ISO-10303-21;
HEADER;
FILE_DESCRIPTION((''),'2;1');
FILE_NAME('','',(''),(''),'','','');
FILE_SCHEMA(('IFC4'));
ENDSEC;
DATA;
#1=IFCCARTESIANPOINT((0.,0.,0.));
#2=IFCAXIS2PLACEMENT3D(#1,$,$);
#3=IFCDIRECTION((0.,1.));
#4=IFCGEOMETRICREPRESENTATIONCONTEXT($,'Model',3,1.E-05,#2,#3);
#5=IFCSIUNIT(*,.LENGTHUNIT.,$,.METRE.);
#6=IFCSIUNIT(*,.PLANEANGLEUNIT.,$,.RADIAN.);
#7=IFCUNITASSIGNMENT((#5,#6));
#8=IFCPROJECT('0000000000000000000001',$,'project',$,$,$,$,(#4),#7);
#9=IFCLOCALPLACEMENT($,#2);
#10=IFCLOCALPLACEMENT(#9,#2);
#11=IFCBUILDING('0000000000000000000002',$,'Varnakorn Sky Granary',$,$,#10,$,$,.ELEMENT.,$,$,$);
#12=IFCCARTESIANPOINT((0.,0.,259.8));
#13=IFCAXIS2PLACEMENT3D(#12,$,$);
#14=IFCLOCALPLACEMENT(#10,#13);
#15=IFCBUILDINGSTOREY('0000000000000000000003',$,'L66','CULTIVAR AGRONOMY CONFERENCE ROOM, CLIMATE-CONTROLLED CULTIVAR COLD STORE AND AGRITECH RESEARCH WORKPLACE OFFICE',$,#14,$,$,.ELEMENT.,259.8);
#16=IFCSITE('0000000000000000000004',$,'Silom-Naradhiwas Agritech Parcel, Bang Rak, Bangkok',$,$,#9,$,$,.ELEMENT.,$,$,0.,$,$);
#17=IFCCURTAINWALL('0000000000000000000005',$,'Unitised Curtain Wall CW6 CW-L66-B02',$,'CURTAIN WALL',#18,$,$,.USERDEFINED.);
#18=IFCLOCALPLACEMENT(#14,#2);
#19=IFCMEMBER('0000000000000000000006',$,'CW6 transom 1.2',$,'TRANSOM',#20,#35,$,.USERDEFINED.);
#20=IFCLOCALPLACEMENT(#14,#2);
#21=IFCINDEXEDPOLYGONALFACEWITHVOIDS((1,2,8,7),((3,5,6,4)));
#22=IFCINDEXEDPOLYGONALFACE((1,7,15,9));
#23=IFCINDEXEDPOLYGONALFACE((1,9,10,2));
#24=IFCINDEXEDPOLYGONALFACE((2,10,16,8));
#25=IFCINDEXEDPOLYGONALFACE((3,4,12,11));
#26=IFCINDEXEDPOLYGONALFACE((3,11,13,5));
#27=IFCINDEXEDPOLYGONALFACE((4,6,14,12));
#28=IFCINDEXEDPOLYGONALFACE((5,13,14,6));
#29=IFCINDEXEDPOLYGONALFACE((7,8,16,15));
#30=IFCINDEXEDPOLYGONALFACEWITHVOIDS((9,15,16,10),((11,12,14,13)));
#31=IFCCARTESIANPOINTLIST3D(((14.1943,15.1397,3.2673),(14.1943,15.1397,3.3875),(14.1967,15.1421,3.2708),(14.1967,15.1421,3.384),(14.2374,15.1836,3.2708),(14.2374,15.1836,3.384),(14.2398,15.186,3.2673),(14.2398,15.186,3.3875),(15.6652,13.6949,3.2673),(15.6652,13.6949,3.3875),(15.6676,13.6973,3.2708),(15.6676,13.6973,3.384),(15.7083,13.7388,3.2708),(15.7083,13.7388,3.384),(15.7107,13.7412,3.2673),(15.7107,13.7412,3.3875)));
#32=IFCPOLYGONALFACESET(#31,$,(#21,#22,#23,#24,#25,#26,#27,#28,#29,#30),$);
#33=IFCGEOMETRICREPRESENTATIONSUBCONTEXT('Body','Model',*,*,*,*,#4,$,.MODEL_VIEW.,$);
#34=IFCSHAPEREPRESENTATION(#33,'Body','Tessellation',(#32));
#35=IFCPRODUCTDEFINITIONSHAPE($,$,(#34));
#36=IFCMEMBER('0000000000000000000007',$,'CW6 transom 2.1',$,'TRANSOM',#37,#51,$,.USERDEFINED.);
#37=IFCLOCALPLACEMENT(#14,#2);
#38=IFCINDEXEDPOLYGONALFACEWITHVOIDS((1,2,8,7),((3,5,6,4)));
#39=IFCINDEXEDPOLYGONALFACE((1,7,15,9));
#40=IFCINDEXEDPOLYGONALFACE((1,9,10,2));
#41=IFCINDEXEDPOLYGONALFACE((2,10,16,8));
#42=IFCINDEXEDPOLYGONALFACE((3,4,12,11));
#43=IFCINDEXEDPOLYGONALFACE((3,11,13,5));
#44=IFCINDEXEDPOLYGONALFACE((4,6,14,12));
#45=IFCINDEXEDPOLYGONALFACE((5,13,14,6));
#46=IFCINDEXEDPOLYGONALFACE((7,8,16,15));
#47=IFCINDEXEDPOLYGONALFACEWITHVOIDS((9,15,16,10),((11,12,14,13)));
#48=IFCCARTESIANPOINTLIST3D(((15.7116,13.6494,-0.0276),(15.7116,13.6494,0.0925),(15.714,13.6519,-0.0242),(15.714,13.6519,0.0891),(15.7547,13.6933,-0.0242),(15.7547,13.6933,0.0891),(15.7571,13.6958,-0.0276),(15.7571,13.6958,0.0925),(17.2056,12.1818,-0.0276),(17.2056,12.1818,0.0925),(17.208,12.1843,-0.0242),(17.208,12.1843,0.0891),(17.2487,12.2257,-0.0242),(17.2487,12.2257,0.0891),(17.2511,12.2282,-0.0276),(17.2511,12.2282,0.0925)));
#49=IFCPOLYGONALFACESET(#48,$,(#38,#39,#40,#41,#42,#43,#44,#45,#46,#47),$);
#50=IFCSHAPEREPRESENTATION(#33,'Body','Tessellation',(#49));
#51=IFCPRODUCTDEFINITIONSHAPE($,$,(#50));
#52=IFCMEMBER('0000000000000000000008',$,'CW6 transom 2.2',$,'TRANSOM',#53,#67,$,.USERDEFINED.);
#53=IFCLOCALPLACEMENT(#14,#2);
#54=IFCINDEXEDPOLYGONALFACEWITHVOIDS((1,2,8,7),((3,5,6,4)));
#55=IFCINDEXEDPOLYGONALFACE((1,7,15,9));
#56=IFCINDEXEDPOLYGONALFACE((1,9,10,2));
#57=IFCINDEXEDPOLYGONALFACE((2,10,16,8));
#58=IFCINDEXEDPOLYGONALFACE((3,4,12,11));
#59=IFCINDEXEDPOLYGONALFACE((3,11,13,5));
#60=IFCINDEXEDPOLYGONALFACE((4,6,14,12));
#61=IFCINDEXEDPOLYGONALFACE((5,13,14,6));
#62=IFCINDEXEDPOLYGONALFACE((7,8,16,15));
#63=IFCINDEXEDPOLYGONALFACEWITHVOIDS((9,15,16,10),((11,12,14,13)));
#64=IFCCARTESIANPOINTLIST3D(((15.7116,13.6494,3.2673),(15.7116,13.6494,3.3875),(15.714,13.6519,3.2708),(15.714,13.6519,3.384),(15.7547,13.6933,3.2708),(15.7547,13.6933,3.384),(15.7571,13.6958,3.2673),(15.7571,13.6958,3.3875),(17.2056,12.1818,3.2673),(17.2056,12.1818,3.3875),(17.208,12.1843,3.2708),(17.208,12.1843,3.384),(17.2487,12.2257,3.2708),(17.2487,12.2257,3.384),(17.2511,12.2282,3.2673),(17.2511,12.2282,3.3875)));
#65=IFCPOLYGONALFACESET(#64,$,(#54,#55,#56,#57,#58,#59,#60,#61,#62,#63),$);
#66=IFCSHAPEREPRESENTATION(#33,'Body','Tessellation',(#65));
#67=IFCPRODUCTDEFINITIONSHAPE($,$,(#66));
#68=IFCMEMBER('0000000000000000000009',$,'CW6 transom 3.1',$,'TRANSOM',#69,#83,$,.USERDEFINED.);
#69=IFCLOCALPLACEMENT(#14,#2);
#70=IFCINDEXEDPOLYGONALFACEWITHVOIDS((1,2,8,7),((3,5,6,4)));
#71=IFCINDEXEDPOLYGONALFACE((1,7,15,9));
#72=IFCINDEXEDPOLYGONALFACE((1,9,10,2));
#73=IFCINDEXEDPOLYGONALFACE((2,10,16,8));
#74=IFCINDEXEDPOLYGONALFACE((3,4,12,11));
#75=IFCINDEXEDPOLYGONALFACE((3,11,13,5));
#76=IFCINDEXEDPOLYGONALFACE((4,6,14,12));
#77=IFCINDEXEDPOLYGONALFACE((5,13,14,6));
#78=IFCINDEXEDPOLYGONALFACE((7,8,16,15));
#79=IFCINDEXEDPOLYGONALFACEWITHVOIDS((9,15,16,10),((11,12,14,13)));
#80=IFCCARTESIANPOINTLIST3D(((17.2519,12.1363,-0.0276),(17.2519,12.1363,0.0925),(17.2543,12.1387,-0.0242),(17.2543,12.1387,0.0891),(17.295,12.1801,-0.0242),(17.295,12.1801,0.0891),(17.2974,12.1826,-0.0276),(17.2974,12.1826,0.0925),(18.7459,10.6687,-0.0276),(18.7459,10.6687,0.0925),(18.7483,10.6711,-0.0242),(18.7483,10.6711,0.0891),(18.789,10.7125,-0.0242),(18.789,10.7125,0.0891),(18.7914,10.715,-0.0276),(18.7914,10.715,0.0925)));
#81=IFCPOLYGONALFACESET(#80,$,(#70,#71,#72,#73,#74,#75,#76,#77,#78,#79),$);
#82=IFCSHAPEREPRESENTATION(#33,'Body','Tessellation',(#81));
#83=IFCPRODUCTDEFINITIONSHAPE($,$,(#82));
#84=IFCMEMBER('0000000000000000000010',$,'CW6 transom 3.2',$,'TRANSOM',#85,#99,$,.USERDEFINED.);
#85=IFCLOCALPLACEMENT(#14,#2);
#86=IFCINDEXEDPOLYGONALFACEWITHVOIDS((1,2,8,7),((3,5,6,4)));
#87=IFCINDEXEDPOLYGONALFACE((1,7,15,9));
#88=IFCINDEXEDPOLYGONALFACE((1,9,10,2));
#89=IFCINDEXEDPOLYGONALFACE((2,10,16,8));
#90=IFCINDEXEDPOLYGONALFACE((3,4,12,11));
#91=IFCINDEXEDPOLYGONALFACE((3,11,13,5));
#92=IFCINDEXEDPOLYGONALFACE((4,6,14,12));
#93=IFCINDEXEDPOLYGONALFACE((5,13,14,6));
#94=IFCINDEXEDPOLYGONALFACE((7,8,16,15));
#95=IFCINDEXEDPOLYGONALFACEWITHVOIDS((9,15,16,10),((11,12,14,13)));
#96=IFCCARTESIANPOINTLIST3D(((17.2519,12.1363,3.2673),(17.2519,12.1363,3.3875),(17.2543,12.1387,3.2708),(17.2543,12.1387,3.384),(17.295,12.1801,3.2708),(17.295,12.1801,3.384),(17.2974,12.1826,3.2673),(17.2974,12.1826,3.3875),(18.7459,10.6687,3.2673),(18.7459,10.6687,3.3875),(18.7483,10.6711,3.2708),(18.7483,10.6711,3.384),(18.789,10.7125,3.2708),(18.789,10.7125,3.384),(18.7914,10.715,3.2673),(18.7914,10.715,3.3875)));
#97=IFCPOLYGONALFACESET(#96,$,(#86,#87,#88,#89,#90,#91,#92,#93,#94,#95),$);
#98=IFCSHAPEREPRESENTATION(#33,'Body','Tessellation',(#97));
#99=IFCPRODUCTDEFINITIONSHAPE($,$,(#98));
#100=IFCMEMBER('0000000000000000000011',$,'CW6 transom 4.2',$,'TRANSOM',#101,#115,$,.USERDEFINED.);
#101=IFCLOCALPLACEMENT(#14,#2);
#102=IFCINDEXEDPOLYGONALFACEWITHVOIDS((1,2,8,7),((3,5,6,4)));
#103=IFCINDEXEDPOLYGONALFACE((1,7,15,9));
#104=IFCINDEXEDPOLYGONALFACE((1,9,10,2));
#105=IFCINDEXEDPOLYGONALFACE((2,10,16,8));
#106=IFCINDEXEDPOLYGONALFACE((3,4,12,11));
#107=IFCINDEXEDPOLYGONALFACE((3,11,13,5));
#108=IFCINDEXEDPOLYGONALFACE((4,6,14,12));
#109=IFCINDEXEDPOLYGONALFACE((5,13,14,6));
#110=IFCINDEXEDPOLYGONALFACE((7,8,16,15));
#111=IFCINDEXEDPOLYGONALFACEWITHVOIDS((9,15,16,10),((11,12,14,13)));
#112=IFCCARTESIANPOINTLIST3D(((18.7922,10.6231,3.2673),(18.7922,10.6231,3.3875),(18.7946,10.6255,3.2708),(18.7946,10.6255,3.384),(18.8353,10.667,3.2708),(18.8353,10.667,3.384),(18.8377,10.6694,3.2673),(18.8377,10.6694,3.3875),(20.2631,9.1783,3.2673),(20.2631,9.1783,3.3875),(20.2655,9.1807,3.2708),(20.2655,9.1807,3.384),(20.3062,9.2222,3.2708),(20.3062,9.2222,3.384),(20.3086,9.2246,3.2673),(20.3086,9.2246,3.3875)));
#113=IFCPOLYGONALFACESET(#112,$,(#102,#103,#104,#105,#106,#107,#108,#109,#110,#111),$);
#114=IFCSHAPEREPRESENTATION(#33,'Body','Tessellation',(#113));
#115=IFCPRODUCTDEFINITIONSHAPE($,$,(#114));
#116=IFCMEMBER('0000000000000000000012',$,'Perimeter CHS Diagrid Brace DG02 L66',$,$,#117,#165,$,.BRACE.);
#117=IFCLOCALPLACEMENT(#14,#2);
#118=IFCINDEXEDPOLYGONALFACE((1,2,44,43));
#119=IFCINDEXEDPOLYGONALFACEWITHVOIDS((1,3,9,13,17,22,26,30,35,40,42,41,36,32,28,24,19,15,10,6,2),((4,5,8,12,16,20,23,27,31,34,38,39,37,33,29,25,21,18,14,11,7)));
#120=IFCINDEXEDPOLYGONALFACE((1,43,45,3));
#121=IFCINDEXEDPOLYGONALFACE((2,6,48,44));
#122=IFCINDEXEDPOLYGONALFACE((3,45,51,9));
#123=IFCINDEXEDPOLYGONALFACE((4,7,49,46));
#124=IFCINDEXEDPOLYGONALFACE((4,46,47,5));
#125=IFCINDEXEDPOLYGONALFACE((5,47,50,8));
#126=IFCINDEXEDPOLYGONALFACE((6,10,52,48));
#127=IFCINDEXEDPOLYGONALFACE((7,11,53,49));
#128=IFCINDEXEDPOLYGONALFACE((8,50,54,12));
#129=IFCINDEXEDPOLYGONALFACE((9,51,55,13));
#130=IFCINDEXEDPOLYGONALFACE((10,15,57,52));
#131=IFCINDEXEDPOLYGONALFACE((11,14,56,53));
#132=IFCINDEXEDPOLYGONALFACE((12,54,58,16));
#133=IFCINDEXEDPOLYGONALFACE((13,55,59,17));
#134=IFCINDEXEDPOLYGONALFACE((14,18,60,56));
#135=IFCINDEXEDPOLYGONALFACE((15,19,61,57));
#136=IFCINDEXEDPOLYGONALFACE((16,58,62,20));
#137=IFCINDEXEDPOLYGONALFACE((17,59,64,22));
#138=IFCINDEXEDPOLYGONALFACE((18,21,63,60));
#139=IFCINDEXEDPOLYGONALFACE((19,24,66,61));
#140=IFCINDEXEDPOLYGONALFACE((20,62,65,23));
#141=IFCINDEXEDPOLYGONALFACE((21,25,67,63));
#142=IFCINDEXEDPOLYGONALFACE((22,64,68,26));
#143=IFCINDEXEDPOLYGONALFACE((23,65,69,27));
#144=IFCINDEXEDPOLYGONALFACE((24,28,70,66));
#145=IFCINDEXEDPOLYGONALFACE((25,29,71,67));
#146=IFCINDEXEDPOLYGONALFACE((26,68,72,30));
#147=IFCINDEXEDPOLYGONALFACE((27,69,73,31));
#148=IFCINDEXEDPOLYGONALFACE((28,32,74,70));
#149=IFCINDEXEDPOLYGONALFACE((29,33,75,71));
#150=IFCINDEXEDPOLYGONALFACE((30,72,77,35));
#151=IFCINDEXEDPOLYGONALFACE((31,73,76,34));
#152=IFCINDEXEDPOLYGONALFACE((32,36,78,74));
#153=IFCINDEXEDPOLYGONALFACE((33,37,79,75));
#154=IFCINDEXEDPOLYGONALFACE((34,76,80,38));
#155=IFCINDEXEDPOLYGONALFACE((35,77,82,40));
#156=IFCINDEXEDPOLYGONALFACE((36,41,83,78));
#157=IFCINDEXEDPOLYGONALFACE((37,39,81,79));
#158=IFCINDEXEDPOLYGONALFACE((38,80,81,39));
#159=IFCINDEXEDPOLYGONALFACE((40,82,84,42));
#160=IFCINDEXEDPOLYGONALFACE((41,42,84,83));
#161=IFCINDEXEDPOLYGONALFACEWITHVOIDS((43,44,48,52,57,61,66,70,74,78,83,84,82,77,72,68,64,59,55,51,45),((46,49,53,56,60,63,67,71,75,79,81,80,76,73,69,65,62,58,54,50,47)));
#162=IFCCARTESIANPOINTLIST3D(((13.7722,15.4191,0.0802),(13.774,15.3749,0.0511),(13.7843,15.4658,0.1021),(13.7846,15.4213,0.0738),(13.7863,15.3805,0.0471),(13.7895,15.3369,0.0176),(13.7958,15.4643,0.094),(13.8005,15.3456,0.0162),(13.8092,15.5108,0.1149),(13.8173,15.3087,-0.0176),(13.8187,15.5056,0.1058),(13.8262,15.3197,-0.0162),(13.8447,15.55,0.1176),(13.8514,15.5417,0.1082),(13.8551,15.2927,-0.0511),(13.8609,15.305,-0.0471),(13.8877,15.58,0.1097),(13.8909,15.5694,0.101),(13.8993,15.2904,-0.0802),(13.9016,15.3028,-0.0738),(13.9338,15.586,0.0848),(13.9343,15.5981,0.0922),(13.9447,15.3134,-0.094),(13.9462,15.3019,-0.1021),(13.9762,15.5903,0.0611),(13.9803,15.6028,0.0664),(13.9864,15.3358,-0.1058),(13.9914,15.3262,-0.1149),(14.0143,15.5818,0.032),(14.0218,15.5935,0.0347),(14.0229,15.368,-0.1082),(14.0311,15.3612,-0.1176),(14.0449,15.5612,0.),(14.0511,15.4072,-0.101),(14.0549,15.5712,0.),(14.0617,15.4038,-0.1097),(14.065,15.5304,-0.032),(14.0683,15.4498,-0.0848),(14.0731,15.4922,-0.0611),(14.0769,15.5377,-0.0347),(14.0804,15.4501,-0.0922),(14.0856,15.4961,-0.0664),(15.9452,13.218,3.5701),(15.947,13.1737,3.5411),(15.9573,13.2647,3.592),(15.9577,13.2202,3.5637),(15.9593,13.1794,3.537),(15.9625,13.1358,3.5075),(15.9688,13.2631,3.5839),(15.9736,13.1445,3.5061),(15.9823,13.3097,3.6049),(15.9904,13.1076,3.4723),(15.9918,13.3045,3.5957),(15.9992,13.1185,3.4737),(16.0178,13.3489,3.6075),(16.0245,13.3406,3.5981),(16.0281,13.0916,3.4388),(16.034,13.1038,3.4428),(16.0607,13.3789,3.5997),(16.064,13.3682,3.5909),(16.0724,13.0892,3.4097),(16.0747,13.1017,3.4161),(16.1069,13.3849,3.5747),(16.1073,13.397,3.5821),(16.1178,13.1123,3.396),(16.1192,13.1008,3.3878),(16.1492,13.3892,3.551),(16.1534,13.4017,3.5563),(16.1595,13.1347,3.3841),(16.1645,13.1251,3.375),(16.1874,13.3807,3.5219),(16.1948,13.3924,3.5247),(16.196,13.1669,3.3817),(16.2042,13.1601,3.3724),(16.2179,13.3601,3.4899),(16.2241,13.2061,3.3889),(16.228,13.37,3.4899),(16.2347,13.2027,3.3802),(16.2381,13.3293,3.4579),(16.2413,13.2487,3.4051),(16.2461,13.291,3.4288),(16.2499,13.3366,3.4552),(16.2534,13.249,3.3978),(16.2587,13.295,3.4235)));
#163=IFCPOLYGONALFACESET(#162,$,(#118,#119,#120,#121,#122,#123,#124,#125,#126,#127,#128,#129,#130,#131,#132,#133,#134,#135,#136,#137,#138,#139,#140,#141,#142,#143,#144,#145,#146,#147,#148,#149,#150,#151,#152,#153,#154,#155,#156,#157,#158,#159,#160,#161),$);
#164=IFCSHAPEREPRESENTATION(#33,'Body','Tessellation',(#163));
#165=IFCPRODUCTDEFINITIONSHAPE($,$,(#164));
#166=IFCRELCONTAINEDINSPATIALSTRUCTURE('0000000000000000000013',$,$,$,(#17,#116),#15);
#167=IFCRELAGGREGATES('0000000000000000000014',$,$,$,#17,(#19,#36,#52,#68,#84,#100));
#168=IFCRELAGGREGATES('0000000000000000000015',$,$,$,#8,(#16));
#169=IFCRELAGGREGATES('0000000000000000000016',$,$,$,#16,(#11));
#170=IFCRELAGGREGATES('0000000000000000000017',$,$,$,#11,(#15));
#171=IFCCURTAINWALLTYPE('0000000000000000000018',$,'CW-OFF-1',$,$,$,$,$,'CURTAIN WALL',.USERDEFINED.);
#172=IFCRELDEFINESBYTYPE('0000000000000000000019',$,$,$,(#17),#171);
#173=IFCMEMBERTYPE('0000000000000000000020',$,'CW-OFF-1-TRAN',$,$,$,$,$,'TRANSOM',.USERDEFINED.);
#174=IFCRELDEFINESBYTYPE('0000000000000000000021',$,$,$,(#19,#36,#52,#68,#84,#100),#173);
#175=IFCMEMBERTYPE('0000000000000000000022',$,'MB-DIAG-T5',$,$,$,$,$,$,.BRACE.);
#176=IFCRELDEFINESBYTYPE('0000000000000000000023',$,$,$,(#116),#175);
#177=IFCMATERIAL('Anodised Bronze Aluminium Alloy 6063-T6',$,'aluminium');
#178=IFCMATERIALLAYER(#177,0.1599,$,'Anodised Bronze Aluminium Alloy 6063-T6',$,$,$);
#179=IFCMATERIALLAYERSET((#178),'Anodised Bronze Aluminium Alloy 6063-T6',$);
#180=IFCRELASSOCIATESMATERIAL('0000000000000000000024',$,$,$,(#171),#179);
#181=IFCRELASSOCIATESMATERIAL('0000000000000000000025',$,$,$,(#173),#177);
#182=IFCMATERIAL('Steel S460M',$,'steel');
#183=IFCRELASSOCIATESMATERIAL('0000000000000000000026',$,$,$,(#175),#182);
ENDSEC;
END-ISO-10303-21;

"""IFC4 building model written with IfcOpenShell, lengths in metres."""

from ifc_helpers import new_model, si_unit, direction, frame, origin, origin_2d, place, context, subcontext, project, spatial, hollow_rectangle, hollow_circle, extrude, material, layer, layer_set, material_profile, profile_set, type_object, element, aggregate, save


model = new_model("IFC4")

# Units and contexts
model_context = context("Model", 3, precision=1e-05, world=origin(), true_north=direction((0.0, 1.0)))
body_context = subcontext(model_context, "Body", "Model", "MODEL_VIEW")
ifc_project = project(units=[si_unit("LENGTHUNIT", "METRE"), si_unit("PLANEANGLEUNIT", "RADIAN")], contexts=[model_context])

# Site, building, storey
site_placement = place(None, origin())
site = spatial("IfcSite", under=ifc_project, at=site_placement, Name="Silom-Naradhiwas Agritech Parcel, Bang Rak, Bangkok", CompositionType="ELEMENT", RefElevation=0.0)
building_placement = place(site_placement, origin())
building = spatial("IfcBuilding", under=site, at=building_placement, Name="Varnakorn Sky Granary", CompositionType="ELEMENT")
storey_placement = place(building_placement, frame((0.0, 0.0, 259.8)))
storey = spatial("IfcBuildingStorey", under=building, at=storey_placement, Name="L66", Description="CULTIVAR AGRONOMY CONFERENCE ROOM, CLIMATE-CONTROLLED CULTIVAR COLD STORE AND AGRITECH RESEARCH WORKPLACE OFFICE", CompositionType="ELEMENT", Elevation=259.8)

# Shared definitions
ifc_material_1 = material(Name="Steel S460M", Category="steel")

# Curtain wall, members
ifc_material_2 = material(Name="Anodised Bronze Aluminium Alloy 6063-T6", Category="aluminium")
ifc_layer_1 = layer(ifc_material_2, 0.1599, Name="Anodised Bronze Aluminium Alloy 6063-T6")
ifc_layer_set_1 = layer_set([ifc_layer_1], Name="Anodised Bronze Aluminium Alloy 6063-T6")
curtain_wall_type = type_object("IfcCurtainWallType", Name="CW-OFF-1", ElementType="CURTAIN WALL", PredefinedType="USERDEFINED", material=ifc_layer_set_1)
curtain_wall_placement = place(storey_placement, origin())
curtain_wall = element("IfcCurtainWall", 1, at=curtain_wall_placement, inside=storey, type_object=curtain_wall_type, Name="Unitised Curtain Wall CW6 CW-L66-B02", ObjectType="CURTAIN WALL", PredefinedType="USERDEFINED")
ifc_material_profile_1 = material_profile(ifc_material_2, hollow_rectangle(XDim=0.0649, YDim=0.1201, WallThickness=0.0034, at=origin_2d()), Name="ALU TRAN 65x120")
ifc_profile_set_1 = profile_set([ifc_material_profile_1], Name="Anodised Bronze Aluminium Alloy 6063-T6")
member_type_1 = type_object("IfcMemberType", Name="CW-OFF-1-TRAN", ElementType="TRANSOM", PredefinedType="USERDEFINED", material=ifc_profile_set_1)
member_1_placement = place(storey_placement, frame((14.217, 15.1628, 3.3274), z_axis=(0.713413, -0.700744, 0.0), x_axis=(0.700744, 0.713413, 0.0)))
member_1 = element("IfcMember", 2, at=member_1_placement, type_object=member_type_1, Name="CW6 transom 1.2", ObjectType="TRANSOM", PredefinedType="USERDEFINED", context=body_context, shape_type="SweptSolid", body=[
    extrude(hollow_rectangle(XDim=0.0649, YDim=0.1201, WallThickness=0.0034, at=origin_2d()), origin(), (0.0, 0.0, 1.0), 2.0618),
])
member_2_placement = place(storey_placement, frame((15.7344, 13.6726, 0.0325), z_axis=(0.713374, -0.700783, 0.0), x_axis=(0.700783, 0.713374, 0.0)))
member_2 = element("IfcMember", 3, at=member_2_placement, type_object=member_type_1, Name="CW6 transom 2.1", ObjectType="TRANSOM", PredefinedType="USERDEFINED", context=body_context, shape_type="SweptSolid", body=[
    extrude(hollow_rectangle(XDim=0.0649, YDim=0.1201, WallThickness=0.0034, at=origin_2d()), origin(), (0.0, 0.0, 1.0), 2.0942),
])
member_3_placement = place(storey_placement, frame((15.7344, 13.6726, 3.3274), z_axis=(0.713374, -0.700783, 0.0), x_axis=(0.700783, 0.713374, 0.0)))
member_3 = element("IfcMember", 4, at=member_3_placement, type_object=member_type_1, Name="CW6 transom 2.2", ObjectType="TRANSOM", PredefinedType="USERDEFINED", context=body_context, shape_type="SweptSolid", body=[
    extrude(hollow_rectangle(XDim=0.0649, YDim=0.1201, WallThickness=0.0034, at=origin_2d()), origin(), (0.0, 0.0, 1.0), 2.0942),
])
member_4_placement = place(storey_placement, frame((17.2747, 12.1594, 0.0325), z_axis=(0.713374, -0.700783, 0.0), x_axis=(0.700783, 0.713374, 0.0)))
member_4 = element("IfcMember", 5, at=member_4_placement, type_object=member_type_1, Name="CW6 transom 3.1", ObjectType="TRANSOM", PredefinedType="USERDEFINED", context=body_context, shape_type="SweptSolid", body=[
    extrude(hollow_rectangle(XDim=0.0649, YDim=0.1201, WallThickness=0.0034, at=origin_2d()), origin(), (0.0, 0.0, 1.0), 2.0942),
])
member_5_placement = place(storey_placement, frame((17.2747, 12.1594, 3.3274), z_axis=(0.713374, -0.700783, 0.0), x_axis=(0.700783, 0.713374, 0.0)))
member_5 = element("IfcMember", 6, at=member_5_placement, type_object=member_type_1, Name="CW6 transom 3.2", ObjectType="TRANSOM", PredefinedType="USERDEFINED", context=body_context, shape_type="SweptSolid", body=[
    extrude(hollow_rectangle(XDim=0.0649, YDim=0.1201, WallThickness=0.0034, at=origin_2d()), origin(), (0.0, 0.0, 1.0), 2.0942),
])
member_6_placement = place(storey_placement, frame((18.8149, 10.6462, 3.3274), z_axis=(0.713413, -0.700744, 0.0), x_axis=(0.700744, 0.713413, 0.0)))
member_6 = element("IfcMember", 7, at=member_6_placement, type_object=member_type_1, Name="CW6 transom 4.2", ObjectType="TRANSOM", PredefinedType="USERDEFINED", context=body_context, shape_type="SweptSolid", body=[
    extrude(hollow_rectangle(XDim=0.0649, YDim=0.1201, WallThickness=0.0034, at=origin_2d()), origin(), (0.0, 0.0, 1.0), 2.0618),
])

# Member
ifc_material_profile_2 = material_profile(ifc_material_1, hollow_circle(Radius=0.1777, WallThickness=0.0142, at=origin_2d()), Name="CHS 355.6x14")
ifc_profile_set_2 = profile_set([ifc_material_profile_2], Name="Steel S460M")
member_type_2 = type_object("IfcMemberType", Name="MB-DIAG-T5", PredefinedType="BRACE", material=ifc_profile_set_2)
member_7_placement = place(storey_placement, frame((13.9285, 15.4463, 0.0), z_axis=(0.465987, -0.472008, 0.748375), x_axis=(0.711631, 0.702554, 0.0)))
element("IfcMember", 8, at=member_7_placement, inside=storey, type_object=member_type_2, Name="Perimeter CHS Diagrid Brace DG02 L66", PredefinedType="BRACE", context=body_context, shape_type="SweptSolid", body=[
    extrude(hollow_circle(Radius=0.1777, WallThickness=0.0142, at=origin_2d()), origin(), (0.0, 0.0, 1.0), 4.6633),
])

aggregate(curtain_wall, [member_1, member_2, member_3, member_4, member_5, member_6])

save(model, "model.ifc")
